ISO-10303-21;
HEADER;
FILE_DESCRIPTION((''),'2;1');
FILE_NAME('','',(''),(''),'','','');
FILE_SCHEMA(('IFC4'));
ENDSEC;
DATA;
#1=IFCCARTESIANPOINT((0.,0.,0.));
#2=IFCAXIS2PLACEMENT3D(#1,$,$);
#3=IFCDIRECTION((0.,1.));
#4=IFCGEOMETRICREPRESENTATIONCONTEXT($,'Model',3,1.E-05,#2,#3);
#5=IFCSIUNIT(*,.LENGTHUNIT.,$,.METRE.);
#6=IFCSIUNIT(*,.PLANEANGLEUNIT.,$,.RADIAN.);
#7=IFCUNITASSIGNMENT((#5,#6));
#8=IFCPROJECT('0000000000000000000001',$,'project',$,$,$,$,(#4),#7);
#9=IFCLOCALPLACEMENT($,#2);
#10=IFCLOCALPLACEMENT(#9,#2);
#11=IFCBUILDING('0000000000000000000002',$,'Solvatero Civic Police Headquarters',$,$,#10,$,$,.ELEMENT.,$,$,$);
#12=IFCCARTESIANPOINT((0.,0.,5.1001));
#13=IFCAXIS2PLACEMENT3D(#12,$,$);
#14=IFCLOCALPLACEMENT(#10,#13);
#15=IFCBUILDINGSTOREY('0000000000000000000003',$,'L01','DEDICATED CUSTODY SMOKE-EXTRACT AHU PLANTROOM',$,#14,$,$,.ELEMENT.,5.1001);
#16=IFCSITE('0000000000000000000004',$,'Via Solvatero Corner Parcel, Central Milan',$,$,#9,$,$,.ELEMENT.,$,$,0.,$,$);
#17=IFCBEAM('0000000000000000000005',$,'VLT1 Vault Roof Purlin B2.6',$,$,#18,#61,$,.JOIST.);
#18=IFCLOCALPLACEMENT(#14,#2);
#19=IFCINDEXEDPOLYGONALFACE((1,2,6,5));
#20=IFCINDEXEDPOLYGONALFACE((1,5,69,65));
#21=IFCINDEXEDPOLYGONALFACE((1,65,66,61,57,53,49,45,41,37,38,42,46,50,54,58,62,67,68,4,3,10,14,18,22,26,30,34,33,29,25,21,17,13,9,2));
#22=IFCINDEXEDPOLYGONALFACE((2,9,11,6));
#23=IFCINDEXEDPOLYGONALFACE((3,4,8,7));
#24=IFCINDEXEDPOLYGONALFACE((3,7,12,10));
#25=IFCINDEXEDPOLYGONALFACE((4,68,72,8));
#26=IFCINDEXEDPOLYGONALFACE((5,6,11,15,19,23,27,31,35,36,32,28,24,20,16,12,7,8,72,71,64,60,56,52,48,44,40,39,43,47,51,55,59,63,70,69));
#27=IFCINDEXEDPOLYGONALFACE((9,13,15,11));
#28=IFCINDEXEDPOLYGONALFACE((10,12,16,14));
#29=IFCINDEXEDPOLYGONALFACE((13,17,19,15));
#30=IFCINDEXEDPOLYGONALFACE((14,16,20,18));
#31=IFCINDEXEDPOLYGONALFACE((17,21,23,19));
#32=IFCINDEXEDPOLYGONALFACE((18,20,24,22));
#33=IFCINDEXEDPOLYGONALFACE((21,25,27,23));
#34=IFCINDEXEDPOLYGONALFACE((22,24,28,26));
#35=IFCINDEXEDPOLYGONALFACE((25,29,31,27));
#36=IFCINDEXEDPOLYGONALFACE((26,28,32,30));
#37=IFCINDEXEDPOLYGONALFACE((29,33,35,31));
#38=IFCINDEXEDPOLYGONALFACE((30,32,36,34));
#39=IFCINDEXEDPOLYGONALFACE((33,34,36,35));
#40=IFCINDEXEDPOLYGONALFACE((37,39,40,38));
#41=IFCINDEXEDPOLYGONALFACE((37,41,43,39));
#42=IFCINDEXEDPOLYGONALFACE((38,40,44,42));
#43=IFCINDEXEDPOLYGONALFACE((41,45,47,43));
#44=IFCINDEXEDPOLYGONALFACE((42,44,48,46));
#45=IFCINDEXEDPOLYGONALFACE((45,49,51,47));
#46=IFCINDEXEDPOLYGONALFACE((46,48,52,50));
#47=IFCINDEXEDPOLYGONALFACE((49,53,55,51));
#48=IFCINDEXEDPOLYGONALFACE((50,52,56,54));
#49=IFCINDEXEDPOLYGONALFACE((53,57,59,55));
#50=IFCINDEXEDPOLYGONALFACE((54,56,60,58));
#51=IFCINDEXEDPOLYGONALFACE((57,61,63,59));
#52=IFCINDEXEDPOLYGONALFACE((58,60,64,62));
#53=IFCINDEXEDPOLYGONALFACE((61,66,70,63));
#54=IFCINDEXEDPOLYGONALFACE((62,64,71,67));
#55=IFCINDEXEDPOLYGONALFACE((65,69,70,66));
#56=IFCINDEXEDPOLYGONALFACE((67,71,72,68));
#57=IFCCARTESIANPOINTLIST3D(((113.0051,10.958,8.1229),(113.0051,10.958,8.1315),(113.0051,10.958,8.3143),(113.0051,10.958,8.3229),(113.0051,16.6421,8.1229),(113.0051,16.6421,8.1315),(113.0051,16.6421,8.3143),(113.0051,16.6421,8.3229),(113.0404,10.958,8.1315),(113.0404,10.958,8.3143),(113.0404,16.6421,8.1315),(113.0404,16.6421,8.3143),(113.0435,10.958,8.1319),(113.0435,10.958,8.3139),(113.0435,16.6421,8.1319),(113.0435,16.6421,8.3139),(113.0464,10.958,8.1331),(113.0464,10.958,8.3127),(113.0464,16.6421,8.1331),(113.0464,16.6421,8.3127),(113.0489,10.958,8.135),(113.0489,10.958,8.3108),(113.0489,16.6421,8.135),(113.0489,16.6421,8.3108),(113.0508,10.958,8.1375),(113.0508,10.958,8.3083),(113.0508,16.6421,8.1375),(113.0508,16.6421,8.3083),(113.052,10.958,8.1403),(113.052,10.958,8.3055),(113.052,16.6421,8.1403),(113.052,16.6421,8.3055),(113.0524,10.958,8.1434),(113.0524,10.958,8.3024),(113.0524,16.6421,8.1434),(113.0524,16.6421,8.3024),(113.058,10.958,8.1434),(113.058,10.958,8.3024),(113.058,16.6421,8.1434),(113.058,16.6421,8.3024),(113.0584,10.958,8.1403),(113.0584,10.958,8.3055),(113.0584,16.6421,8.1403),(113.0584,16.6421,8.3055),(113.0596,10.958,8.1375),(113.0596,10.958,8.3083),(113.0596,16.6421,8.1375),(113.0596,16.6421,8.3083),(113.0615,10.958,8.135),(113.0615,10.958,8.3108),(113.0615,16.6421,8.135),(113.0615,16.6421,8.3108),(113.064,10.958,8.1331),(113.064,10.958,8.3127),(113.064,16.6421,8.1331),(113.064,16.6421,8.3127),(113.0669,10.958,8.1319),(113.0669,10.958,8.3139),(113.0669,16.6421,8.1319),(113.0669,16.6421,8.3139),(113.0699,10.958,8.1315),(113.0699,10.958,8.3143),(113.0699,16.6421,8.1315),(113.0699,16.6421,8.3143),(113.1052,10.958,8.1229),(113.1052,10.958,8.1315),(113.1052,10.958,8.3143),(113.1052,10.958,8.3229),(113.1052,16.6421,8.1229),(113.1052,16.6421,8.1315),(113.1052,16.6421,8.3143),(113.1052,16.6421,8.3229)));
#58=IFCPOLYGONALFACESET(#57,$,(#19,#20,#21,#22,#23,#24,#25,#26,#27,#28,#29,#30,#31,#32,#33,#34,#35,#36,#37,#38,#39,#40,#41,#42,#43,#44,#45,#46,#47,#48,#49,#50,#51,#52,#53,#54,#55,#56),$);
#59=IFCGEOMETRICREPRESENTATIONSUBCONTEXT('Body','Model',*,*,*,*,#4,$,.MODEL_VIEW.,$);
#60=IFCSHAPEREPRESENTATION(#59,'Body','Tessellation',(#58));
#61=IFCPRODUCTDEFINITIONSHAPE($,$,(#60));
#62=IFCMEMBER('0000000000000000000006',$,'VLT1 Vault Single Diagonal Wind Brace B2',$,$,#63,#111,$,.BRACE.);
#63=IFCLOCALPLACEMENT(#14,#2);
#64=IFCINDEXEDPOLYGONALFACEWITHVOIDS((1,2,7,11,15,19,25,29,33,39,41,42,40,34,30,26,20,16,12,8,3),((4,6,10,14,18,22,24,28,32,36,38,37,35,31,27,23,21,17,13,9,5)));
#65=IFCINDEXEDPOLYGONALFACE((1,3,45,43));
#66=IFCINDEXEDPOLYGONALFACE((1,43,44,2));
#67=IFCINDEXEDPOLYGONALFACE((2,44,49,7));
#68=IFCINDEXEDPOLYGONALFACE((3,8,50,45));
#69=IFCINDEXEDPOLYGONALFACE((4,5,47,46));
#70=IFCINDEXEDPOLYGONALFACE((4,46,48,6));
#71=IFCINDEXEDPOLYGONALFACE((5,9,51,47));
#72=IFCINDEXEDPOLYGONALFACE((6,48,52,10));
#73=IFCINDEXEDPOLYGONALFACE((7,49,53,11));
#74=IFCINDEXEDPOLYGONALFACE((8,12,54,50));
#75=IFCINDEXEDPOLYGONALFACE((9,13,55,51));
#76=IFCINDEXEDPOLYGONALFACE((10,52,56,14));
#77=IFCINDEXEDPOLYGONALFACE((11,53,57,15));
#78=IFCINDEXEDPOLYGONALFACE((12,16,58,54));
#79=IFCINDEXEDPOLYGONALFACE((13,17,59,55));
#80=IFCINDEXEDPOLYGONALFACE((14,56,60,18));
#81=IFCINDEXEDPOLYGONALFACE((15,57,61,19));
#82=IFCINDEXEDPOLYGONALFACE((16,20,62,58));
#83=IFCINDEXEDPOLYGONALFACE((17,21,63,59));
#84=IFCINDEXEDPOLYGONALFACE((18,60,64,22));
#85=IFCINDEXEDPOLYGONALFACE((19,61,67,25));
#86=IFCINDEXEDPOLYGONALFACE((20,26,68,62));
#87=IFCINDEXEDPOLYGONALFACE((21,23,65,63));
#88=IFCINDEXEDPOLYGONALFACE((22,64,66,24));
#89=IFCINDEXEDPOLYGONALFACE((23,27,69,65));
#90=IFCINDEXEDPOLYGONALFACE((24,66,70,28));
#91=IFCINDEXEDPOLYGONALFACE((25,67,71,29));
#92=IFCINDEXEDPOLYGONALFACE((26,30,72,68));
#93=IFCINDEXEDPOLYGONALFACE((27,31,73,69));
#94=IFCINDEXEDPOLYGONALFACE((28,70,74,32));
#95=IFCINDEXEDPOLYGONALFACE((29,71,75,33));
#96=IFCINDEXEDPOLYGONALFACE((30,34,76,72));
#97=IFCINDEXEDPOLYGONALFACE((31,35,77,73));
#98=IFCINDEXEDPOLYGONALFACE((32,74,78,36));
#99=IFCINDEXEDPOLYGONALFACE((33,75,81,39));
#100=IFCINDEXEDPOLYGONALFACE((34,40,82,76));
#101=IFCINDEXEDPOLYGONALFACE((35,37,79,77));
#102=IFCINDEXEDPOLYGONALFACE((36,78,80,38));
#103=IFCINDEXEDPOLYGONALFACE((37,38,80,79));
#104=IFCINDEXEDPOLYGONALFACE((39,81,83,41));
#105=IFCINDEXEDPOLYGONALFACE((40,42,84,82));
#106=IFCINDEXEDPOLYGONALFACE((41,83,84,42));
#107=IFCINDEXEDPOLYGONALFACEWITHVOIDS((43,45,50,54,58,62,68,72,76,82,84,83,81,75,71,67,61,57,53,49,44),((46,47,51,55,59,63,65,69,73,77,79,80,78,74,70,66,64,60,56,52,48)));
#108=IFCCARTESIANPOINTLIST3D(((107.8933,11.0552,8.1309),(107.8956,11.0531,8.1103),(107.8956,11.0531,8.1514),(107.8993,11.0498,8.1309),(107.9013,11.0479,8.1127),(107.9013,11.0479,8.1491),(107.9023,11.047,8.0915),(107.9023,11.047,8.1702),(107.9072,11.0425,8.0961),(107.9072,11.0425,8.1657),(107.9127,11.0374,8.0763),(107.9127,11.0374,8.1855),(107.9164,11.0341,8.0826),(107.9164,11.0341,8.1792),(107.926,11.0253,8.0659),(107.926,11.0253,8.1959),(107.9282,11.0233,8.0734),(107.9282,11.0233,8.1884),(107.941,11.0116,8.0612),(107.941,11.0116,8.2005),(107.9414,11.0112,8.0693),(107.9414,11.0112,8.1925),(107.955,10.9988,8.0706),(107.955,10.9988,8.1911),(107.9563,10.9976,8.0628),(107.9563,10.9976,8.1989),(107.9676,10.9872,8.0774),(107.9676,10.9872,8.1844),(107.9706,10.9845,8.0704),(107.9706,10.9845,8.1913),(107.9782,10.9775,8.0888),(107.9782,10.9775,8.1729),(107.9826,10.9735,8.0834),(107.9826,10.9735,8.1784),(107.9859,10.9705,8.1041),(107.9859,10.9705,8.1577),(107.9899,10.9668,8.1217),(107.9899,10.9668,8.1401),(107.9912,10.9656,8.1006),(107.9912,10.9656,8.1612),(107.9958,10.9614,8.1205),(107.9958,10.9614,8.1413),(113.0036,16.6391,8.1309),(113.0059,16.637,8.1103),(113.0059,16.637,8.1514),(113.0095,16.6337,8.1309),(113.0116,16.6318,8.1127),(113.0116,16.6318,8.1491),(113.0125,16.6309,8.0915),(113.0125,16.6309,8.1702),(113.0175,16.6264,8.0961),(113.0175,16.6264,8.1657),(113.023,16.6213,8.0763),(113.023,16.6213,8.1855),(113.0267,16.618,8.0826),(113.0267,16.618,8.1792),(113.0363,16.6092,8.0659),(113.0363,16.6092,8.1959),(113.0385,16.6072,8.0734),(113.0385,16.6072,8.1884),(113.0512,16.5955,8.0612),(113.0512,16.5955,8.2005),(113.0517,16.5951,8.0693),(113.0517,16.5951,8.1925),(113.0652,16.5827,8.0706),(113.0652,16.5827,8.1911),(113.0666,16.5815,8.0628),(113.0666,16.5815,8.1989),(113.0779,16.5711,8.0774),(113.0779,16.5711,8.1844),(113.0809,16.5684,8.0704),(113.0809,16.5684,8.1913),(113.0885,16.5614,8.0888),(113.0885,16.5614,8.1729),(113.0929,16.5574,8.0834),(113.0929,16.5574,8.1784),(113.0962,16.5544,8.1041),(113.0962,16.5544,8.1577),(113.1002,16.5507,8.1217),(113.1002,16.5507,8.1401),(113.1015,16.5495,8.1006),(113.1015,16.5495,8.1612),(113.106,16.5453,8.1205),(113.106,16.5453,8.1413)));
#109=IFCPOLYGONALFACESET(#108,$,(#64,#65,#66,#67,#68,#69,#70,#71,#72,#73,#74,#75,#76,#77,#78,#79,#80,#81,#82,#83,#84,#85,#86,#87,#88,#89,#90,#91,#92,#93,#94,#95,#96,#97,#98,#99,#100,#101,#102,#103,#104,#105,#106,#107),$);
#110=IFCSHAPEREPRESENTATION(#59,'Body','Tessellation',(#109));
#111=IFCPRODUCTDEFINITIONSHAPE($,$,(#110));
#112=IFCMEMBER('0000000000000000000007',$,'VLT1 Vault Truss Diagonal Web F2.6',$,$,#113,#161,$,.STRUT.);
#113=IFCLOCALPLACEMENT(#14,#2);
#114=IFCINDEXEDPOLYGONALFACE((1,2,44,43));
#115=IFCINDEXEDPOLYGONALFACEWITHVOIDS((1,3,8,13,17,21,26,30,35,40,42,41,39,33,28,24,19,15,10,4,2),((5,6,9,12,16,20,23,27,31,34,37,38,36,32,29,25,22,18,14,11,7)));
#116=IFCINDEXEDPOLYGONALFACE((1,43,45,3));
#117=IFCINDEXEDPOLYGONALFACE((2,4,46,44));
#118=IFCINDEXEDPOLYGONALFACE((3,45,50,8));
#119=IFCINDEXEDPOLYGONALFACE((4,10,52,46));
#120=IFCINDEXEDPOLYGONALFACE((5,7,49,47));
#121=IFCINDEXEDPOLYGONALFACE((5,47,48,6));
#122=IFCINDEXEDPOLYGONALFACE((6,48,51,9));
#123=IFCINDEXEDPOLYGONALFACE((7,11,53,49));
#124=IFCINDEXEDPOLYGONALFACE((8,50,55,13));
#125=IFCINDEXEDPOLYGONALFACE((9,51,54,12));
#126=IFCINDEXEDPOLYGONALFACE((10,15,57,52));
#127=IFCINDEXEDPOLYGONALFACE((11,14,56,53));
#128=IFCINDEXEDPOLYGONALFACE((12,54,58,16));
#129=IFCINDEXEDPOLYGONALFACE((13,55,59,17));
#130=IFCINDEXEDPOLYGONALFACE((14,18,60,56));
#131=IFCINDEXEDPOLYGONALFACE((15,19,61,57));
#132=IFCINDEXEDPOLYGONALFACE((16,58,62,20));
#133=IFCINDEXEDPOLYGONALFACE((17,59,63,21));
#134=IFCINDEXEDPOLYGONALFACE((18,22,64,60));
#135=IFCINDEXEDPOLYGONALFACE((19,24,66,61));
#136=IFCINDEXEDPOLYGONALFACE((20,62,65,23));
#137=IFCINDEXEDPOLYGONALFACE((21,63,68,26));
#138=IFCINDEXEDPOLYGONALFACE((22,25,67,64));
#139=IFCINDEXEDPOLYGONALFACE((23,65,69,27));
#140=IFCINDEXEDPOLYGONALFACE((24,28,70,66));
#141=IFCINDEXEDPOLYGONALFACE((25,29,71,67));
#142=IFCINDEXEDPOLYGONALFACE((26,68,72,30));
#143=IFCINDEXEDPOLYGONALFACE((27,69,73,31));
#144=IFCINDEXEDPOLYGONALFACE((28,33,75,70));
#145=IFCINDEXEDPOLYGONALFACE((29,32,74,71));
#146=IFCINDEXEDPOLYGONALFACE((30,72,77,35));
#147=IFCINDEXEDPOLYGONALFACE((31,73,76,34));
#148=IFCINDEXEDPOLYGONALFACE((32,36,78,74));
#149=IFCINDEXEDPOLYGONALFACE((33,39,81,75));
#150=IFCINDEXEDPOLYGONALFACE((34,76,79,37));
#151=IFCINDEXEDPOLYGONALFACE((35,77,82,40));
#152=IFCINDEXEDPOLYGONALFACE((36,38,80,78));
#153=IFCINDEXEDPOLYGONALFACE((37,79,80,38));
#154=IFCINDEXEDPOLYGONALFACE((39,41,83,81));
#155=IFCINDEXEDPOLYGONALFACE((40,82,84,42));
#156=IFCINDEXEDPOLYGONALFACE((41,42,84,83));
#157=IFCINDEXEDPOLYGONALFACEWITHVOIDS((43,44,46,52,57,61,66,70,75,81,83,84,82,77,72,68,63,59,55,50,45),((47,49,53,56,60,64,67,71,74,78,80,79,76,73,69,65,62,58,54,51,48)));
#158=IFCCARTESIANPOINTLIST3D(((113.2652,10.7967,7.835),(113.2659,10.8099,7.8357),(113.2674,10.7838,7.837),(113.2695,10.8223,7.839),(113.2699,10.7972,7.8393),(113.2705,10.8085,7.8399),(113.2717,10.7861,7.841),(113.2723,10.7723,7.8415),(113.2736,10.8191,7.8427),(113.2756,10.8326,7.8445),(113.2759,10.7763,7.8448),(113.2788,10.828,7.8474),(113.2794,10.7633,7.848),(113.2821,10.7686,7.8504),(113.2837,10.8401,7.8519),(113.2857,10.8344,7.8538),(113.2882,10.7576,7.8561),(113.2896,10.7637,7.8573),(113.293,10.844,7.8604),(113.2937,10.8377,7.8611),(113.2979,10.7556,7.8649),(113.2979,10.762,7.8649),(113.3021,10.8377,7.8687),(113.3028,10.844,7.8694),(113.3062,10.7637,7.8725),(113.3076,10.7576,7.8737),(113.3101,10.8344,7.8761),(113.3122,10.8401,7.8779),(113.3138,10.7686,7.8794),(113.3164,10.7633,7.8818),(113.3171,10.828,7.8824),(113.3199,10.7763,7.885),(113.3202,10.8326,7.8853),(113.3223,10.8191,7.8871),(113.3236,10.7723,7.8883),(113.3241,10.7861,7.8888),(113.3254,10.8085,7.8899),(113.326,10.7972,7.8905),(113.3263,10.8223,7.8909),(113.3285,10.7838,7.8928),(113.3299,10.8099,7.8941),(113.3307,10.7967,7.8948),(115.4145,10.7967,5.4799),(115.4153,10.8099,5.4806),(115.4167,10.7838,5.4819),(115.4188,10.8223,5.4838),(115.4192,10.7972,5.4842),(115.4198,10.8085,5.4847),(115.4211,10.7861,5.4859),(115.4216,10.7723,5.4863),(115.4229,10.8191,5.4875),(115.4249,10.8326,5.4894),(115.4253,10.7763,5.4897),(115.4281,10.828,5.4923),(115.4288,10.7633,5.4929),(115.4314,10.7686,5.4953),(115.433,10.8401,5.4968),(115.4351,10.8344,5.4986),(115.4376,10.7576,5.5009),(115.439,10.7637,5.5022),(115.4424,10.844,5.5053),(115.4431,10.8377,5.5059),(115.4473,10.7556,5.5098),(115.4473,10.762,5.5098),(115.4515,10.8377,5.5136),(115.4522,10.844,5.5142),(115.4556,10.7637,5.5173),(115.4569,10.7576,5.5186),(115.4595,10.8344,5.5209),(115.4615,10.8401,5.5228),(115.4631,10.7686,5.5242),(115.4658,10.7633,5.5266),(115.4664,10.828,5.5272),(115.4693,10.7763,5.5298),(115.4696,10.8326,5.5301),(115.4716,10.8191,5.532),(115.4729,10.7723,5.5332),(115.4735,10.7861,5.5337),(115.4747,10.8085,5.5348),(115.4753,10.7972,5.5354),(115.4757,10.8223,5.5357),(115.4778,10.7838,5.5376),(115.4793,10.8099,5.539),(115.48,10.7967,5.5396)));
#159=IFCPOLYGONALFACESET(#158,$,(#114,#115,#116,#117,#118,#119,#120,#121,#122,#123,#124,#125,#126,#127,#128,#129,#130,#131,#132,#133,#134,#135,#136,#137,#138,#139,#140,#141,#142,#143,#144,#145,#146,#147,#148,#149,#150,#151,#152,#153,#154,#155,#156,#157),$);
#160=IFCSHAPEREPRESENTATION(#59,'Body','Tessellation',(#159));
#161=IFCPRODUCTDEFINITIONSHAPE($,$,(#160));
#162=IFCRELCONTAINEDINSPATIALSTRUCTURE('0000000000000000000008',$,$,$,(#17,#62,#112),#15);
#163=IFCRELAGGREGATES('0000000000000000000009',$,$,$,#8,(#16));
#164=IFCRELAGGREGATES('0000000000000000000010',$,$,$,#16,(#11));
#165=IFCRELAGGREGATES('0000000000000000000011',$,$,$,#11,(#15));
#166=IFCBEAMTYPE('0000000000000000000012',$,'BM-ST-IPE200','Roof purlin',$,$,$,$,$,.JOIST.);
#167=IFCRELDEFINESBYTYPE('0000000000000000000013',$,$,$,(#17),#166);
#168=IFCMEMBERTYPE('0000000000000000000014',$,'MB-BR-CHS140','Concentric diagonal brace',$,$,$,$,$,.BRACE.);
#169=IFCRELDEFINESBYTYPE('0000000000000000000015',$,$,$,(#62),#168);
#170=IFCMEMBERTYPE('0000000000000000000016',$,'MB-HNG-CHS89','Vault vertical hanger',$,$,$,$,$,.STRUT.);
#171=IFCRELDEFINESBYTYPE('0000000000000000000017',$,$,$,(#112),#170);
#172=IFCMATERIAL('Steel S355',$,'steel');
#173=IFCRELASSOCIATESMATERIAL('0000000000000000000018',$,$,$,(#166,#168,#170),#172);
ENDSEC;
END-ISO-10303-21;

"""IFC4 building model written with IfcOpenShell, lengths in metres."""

from ifc_helpers import new_model, si_unit, direction, frame, origin, origin_2d, place, context, subcontext, project, spatial, hollow_circle, i_section, extrude, material, material_profile, profile_set, type_object, element, save


model = new_model("IFC4")

# Units and contexts
model_context = context("Model", 3, precision=1e-05, world=origin(), true_north=direction((0.0, 1.0)))
body_context = subcontext(model_context, "Body", "Model", "MODEL_VIEW")
ifc_project = project(units=[si_unit("LENGTHUNIT", "METRE"), si_unit("PLANEANGLEUNIT", "RADIAN")], contexts=[model_context])

# Site, building, storey
site_placement = place(None, origin())
site = spatial("IfcSite", under=ifc_project, at=site_placement, Name="Via Solvatero Corner Parcel, Central Milan", CompositionType="ELEMENT", RefElevation=0.0)
building_placement = place(site_placement, origin())
building = spatial("IfcBuilding", under=site, at=building_placement, Name="Solvatero Civic Police Headquarters", CompositionType="ELEMENT")
storey_placement = place(building_placement, frame((0.0, 0.0, 5.1001)))
storey = spatial("IfcBuildingStorey", under=building, at=storey_placement, Name="L01", Description="DEDICATED CUSTODY SMOKE-EXTRACT AHU PLANTROOM", CompositionType="ELEMENT", Elevation=5.1001)

# Beam
ifc_material_1 = material(Name="Steel S355", Category="steel")
ifc_material_profile_1 = material_profile(ifc_material_1, i_section(OverallWidth=0.1001, OverallDepth=0.2, WebThickness=0.0056, FlangeThickness=0.0085, FilletRadius=0.012, at=origin_2d()), Name="IPE 200")
ifc_profile_set_1 = profile_set([ifc_material_profile_1], Name="Steel S355")
beam_type_1 = type_object("IfcBeamType", Name="BM-ST-IPE200", Description="Roof purlin", PredefinedType="JOIST", material=ifc_profile_set_1)
for number, where, z_axis, x_axis, name in (
    (1, (113.0552, 10.958, 8.2229), (0.0, 1.0, 0.0), (-1.0, 0.0, 0.0), "VLT1 Vault Roof Purlin B2.6"),
):
    element("IfcBeam", number, at=place(storey_placement, frame(where, z_axis=z_axis, x_axis=x_axis)), inside=storey, type_object=beam_type_1, Name=name, PredefinedType="JOIST", context=body_context, shape_type="SweptSolid", body=[
        extrude(i_section(OverallWidth=0.1001, OverallDepth=0.2, WebThickness=0.0056, FlangeThickness=0.0085, FilletRadius=0.012, at=origin_2d()), origin(), (0.0, 0.0, 1.0), 5.6841),
    ])

# Members
ifc_material_profile_2 = material_profile(ifc_material_1, hollow_circle(Radius=0.0698, WallThickness=0.0081, at=origin_2d()), Name="CHS 139.7x8.0")
ifc_profile_set_2 = profile_set([ifc_material_profile_2], Name="Steel S355")
member_type_1 = type_object("IfcMemberType", Name="MB-BR-CHS140", Description="Concentric diagonal brace", PredefinedType="BRACE", material=ifc_profile_set_2)
member_1_placement = place(storey_placement, frame((107.9448, 11.0081, 8.1309), z_axis=(0.675129, 0.7377, 0.0), x_axis=(-0.7377, 0.675129, 0.0)))
element("IfcMember", 2, at=member_1_placement, inside=storey, type_object=member_type_1, Name="VLT1 Vault Single Diagonal Wind Brace B2", PredefinedType="BRACE", context=body_context, shape_type="SweptSolid", body=[
    extrude(hollow_circle(Radius=0.0698, WallThickness=0.0081, at=origin_2d()), origin(), (0.0, 0.0, 1.0), 7.5693),
])
ifc_material_profile_3 = material_profile(ifc_material_1, hollow_circle(Radius=0.0444, WallThickness=0.0063, at=origin_2d()), Name="CHS 88.9x6.3")
ifc_profile_set_3 = profile_set([ifc_material_profile_3], Name="Steel S355")
member_type_2 = type_object("IfcMemberType", Name="MB-HNG-CHS89", Description="Vault vertical hanger", PredefinedType="STRUT", material=ifc_profile_set_3)
for number, where, z_axis, x_axis, name in (
    (3, (115.4473, 10.8, 5.5098), (-0.674097, 0.0, 0.738643), (0.0, -1.0, 0.0), "VLT1 Vault Truss Diagonal Web F2.6"),
):
    element("IfcMember", number, at=place(storey_placement, frame(where, z_axis=z_axis, x_axis=x_axis)), inside=storey, type_object=member_type_2, Name=name, PredefinedType="STRUT", context=body_context, shape_type="SweptSolid", body=[
        extrude(hollow_circle(Radius=0.0444, WallThickness=0.0063, at=origin_2d()), origin(), (0.0, 0.0, 1.0), 3.1885),
    ])

save(model, "model.ifc")
